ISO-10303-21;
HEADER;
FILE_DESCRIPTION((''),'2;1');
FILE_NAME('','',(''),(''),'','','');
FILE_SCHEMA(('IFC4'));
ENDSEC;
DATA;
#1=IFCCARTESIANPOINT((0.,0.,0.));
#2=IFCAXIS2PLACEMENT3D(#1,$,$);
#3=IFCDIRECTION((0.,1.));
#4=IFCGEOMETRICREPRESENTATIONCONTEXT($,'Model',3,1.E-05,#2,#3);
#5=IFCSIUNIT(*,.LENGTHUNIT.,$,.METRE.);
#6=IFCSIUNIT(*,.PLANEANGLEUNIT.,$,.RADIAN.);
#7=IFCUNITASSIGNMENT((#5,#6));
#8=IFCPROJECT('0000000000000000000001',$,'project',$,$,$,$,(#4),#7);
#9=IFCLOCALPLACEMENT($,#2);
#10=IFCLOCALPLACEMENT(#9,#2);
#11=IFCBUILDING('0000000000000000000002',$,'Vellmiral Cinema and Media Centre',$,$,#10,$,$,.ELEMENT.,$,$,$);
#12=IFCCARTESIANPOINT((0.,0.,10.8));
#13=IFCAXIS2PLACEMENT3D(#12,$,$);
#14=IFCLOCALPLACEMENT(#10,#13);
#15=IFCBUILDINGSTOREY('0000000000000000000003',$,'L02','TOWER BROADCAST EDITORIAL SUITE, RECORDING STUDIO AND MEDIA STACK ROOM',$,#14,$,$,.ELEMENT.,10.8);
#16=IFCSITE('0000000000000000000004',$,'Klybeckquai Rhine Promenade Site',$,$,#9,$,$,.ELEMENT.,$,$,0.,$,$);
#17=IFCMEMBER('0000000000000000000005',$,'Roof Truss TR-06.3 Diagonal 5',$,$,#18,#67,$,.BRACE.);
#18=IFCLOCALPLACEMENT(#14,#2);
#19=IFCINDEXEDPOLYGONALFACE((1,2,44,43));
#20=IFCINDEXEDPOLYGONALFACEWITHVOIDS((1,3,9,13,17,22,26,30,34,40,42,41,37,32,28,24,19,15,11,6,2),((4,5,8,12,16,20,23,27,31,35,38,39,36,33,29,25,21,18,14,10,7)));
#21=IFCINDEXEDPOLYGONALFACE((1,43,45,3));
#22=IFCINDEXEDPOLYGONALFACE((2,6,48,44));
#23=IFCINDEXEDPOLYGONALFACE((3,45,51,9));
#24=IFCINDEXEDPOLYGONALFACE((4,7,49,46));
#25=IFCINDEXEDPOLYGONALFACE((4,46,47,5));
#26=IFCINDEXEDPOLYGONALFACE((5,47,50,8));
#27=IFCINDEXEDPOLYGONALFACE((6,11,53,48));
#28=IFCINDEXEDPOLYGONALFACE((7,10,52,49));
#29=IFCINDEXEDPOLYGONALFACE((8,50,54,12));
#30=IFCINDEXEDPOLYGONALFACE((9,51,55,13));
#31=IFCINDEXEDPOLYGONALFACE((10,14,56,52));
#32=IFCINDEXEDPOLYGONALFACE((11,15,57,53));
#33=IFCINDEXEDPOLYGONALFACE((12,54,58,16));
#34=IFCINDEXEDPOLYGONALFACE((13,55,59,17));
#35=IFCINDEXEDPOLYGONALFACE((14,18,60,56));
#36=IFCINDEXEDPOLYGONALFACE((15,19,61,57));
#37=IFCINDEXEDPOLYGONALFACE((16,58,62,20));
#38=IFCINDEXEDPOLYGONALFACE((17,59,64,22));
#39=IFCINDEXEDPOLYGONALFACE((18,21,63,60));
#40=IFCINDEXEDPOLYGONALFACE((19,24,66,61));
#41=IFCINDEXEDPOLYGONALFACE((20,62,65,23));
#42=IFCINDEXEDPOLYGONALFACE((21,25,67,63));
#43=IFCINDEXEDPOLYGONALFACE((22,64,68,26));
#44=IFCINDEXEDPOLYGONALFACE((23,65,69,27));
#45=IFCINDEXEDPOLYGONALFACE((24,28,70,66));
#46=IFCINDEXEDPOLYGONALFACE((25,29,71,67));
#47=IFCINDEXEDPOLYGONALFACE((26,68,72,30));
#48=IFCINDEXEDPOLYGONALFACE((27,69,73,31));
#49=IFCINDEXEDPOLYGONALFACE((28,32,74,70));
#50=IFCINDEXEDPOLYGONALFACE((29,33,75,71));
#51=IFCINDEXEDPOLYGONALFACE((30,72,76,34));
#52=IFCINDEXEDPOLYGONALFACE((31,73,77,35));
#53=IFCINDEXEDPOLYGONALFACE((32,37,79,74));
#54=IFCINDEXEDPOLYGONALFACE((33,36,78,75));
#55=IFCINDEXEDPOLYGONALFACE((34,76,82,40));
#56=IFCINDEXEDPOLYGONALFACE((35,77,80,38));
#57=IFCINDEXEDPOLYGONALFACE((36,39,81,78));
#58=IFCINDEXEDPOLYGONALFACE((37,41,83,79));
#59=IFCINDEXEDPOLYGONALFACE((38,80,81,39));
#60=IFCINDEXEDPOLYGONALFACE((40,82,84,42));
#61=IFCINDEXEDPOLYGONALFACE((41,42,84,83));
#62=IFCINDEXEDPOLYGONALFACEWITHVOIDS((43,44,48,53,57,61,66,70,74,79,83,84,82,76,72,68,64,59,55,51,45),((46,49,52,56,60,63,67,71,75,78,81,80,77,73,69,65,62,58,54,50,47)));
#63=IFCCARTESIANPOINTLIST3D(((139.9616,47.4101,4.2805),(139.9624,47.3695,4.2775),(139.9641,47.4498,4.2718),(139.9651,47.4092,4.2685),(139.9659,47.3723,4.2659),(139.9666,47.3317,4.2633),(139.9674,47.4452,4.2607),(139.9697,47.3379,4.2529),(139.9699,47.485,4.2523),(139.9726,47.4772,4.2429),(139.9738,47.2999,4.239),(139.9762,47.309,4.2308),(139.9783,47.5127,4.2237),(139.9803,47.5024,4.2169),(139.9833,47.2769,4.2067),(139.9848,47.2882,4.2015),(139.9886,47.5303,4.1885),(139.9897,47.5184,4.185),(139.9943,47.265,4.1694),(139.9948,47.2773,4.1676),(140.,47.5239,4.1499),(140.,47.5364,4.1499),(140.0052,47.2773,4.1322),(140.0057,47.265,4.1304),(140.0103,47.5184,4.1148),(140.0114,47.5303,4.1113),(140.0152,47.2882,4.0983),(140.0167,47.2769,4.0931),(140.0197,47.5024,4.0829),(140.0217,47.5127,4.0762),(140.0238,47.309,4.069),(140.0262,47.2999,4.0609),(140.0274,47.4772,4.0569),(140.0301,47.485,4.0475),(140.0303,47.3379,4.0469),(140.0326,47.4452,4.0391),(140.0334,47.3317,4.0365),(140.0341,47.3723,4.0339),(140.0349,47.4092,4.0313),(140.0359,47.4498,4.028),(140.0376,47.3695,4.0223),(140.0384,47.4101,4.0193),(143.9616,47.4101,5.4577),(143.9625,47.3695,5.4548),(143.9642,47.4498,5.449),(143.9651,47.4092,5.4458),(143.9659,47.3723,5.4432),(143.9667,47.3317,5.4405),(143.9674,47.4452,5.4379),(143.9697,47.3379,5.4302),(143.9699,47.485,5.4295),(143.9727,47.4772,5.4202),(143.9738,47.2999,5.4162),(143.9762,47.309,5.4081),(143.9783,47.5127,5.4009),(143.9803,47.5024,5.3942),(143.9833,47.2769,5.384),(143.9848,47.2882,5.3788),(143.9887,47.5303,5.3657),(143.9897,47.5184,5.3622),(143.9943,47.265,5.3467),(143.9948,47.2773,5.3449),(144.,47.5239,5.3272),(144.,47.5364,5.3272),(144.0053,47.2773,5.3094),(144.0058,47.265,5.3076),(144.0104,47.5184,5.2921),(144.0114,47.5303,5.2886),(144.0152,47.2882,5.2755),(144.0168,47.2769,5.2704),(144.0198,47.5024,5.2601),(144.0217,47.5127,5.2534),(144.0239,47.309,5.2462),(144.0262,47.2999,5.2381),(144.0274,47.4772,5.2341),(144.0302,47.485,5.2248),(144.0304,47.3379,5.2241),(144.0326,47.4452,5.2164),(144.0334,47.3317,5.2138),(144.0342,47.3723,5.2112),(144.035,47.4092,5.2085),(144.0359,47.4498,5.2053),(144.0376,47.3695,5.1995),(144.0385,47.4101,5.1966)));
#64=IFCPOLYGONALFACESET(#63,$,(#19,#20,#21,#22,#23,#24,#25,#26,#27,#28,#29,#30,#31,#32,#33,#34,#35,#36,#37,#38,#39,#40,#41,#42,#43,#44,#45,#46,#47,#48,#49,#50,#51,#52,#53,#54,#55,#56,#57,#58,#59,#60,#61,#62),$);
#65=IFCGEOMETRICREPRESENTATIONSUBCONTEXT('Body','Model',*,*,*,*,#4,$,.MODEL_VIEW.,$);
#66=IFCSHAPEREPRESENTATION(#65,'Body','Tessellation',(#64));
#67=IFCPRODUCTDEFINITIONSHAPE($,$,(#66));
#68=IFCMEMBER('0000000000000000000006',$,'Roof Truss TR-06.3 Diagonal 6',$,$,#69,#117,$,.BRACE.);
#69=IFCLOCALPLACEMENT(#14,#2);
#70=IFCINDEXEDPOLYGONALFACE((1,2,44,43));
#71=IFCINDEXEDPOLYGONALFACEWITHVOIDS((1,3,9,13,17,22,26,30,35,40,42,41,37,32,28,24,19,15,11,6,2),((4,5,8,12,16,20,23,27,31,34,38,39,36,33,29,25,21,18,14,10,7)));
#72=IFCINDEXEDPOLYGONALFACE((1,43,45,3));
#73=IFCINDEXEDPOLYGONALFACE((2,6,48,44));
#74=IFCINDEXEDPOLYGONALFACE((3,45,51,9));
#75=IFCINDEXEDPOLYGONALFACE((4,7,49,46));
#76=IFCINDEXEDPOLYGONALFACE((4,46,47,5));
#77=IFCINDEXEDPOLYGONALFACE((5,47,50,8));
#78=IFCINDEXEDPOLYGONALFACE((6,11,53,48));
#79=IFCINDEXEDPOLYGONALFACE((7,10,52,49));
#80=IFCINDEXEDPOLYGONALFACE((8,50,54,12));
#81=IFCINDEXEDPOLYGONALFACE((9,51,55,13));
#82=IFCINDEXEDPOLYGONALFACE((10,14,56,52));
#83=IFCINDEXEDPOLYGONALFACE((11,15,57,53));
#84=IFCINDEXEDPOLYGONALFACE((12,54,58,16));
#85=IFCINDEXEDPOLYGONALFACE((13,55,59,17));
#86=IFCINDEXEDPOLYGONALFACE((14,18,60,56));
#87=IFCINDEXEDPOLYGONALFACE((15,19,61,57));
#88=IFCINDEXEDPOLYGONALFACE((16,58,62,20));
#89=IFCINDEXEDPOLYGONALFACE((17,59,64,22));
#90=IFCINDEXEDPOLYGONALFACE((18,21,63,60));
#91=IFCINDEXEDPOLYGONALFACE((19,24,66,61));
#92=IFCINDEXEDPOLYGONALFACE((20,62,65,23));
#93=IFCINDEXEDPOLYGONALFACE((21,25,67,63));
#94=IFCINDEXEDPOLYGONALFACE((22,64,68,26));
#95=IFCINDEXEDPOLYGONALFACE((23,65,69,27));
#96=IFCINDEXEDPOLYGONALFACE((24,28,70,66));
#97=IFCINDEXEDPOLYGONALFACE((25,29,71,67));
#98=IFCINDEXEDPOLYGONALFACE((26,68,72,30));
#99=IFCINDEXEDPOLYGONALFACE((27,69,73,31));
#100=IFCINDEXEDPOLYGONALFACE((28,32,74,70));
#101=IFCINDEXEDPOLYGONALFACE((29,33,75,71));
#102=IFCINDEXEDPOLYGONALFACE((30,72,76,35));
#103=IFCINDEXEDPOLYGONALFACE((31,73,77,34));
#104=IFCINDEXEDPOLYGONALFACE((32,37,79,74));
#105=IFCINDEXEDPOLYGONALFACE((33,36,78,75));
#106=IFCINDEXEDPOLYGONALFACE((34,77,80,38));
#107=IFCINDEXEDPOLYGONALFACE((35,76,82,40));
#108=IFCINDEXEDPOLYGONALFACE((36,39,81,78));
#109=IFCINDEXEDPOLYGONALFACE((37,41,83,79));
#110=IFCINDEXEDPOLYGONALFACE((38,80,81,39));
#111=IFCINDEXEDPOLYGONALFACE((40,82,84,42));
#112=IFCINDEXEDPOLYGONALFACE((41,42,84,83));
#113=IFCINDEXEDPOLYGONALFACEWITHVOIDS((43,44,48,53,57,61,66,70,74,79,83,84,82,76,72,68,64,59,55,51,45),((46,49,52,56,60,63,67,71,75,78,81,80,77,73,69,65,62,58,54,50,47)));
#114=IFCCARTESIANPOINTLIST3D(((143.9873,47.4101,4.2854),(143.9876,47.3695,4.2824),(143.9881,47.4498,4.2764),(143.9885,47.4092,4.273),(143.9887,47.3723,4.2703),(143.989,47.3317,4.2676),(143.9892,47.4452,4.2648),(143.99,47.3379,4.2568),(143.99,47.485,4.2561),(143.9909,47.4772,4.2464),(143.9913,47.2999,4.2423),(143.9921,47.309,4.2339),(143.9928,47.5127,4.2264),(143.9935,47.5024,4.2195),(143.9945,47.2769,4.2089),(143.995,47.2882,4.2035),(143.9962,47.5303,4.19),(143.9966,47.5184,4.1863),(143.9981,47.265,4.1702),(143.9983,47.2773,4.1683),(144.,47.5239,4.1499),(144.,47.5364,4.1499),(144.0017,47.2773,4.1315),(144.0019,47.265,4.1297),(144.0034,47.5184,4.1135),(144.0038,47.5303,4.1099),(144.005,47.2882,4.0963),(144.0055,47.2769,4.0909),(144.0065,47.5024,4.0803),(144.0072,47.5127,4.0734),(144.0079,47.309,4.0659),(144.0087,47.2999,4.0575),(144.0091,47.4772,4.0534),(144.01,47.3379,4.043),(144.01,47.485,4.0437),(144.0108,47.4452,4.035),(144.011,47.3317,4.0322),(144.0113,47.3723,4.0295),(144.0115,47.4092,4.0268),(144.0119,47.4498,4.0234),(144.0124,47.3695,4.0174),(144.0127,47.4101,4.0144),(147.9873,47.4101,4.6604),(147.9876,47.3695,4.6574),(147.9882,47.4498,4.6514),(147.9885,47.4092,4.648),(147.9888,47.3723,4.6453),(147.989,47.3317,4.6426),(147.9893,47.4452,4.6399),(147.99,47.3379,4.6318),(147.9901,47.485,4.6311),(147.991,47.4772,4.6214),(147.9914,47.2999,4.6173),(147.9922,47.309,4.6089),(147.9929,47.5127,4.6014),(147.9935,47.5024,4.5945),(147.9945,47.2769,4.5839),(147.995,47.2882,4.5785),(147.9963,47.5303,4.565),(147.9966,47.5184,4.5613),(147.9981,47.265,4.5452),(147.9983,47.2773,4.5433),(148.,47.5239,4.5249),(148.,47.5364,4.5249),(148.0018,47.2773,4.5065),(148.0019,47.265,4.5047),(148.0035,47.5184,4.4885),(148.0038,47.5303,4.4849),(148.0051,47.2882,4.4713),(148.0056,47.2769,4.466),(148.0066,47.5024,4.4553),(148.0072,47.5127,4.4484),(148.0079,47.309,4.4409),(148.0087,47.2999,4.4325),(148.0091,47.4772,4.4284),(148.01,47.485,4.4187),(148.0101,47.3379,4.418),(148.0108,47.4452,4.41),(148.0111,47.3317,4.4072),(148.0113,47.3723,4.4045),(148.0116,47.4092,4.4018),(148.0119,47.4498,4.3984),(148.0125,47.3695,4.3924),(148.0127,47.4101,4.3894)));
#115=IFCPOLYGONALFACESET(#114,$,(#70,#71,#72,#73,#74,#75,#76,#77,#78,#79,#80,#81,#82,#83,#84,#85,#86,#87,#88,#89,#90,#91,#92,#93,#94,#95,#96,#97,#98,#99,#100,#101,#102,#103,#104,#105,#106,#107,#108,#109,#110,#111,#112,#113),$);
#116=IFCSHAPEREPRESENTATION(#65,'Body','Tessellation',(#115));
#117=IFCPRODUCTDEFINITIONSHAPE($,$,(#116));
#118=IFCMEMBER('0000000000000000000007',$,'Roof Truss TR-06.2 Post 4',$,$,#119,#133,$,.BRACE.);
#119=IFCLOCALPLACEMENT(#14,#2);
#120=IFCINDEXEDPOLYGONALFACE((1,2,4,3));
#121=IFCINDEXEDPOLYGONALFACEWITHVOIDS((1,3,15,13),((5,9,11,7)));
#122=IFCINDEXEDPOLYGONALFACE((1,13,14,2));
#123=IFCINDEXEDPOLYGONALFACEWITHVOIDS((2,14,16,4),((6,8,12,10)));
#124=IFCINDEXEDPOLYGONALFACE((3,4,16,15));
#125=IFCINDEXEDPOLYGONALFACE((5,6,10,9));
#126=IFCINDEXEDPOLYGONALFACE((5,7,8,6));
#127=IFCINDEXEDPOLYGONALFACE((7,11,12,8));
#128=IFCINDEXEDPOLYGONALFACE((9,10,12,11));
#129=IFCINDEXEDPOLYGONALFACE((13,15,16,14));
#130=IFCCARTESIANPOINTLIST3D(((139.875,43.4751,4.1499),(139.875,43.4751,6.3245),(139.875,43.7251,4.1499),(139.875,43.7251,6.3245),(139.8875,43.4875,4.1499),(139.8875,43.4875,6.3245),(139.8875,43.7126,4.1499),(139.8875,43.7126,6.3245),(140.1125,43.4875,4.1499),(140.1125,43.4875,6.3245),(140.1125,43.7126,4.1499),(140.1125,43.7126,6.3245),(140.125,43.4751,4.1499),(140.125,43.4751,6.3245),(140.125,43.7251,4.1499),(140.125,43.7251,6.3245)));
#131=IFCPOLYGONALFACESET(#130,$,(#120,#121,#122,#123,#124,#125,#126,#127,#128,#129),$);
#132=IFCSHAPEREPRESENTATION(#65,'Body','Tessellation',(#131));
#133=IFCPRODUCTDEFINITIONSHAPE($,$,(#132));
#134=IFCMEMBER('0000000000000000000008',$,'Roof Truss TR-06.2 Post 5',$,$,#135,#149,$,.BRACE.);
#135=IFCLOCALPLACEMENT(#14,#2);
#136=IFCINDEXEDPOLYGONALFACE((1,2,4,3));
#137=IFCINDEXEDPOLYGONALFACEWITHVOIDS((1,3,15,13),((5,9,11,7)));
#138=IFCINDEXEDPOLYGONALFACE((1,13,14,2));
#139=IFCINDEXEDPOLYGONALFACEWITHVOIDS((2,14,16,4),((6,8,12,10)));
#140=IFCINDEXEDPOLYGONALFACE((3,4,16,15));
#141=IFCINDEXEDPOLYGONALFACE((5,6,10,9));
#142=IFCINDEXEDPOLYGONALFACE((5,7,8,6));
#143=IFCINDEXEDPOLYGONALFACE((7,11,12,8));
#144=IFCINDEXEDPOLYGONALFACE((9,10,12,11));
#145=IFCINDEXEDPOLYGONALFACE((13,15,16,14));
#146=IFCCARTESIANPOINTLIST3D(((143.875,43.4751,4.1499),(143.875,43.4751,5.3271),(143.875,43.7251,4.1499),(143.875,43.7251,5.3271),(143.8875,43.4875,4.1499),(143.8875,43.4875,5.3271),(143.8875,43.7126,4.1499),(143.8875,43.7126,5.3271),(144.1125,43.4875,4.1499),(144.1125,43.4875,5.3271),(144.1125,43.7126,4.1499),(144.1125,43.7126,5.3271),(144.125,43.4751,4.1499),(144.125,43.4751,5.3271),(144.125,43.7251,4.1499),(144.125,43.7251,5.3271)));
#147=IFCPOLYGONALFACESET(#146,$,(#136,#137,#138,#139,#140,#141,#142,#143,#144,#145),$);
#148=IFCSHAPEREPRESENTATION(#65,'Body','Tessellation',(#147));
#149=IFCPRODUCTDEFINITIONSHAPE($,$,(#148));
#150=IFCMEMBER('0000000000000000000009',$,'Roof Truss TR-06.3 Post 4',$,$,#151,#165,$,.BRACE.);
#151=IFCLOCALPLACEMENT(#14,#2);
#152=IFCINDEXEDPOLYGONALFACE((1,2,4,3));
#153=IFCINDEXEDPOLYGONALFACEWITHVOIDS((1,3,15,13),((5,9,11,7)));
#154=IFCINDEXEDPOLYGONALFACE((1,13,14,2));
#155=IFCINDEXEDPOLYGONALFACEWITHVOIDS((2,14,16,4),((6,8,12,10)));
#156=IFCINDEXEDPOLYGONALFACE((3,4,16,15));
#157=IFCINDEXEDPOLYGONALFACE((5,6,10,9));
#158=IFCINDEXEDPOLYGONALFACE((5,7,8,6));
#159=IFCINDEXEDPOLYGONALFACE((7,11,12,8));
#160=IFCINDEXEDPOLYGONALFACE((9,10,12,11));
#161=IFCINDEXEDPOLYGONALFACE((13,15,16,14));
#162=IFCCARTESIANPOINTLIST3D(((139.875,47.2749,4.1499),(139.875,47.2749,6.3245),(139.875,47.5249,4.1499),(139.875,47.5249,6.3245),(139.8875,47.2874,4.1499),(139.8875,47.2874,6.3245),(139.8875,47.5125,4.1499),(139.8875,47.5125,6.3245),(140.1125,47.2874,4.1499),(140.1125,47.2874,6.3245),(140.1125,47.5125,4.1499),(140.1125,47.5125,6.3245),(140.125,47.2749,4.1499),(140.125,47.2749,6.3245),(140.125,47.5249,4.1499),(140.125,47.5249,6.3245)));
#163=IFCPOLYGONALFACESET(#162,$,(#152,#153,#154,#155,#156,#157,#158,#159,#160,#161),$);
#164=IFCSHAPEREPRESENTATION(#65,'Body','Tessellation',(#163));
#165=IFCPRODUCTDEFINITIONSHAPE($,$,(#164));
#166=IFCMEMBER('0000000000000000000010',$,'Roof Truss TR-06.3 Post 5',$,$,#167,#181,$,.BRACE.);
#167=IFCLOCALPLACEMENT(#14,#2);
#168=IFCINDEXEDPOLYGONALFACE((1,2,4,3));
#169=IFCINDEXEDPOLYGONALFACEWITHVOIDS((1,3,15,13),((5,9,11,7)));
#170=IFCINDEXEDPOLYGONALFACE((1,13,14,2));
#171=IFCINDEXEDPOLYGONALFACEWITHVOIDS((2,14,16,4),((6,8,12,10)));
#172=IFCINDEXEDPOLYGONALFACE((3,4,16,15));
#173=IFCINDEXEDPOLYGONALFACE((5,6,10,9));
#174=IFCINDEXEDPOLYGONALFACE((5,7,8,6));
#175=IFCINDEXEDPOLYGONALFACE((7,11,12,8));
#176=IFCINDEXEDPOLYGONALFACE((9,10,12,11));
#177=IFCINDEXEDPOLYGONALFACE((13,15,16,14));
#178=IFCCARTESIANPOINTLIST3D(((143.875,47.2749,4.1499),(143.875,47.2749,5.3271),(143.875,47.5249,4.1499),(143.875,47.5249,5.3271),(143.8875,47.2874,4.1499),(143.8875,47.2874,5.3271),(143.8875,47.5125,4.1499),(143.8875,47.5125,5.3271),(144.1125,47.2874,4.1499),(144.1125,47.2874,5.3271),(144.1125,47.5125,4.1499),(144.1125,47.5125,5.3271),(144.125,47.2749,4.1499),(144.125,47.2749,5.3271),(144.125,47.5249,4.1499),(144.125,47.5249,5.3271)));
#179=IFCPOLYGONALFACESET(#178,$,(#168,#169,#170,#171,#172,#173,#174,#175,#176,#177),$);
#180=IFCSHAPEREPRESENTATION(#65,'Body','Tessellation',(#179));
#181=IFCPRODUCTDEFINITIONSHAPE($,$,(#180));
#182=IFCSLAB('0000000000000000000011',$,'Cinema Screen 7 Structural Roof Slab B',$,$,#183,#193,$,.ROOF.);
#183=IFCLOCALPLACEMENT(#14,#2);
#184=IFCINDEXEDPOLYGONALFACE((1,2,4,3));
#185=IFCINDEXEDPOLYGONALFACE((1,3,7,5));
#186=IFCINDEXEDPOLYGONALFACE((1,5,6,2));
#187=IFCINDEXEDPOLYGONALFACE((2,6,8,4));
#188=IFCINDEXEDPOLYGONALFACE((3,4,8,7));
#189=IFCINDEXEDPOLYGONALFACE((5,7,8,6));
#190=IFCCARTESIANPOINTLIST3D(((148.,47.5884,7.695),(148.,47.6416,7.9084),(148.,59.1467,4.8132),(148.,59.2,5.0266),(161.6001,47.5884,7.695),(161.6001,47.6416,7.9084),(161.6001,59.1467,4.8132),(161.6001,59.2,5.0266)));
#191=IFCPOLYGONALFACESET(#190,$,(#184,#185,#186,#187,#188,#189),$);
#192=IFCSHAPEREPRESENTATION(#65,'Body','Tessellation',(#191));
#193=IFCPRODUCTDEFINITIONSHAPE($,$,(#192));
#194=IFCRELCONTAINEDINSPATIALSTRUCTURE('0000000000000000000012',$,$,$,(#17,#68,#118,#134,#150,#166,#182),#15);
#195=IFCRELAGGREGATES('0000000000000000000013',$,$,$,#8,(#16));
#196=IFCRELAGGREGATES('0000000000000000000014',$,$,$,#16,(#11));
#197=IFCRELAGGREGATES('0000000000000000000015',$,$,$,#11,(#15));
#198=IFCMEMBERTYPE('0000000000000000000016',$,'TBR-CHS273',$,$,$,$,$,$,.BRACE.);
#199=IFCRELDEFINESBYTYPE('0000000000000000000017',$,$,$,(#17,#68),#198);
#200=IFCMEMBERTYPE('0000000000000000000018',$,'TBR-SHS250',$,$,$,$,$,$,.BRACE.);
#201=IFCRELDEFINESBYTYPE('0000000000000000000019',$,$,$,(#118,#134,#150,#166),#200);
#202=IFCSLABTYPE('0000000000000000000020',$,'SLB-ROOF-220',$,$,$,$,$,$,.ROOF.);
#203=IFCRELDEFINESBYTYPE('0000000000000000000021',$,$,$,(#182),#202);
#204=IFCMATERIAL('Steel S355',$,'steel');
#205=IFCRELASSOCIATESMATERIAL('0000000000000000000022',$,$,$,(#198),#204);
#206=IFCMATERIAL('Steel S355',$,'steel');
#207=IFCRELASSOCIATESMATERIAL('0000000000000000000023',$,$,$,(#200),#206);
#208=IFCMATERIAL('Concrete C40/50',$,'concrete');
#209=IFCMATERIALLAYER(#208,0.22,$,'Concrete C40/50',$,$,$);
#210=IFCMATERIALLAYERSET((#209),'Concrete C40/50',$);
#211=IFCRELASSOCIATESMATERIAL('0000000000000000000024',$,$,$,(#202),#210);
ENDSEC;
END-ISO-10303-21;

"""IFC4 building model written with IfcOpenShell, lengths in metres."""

from ifc_helpers import new_model, si_unit, direction, frame, origin, origin_2d, place, context, subcontext, project, spatial, polyline, hollow_rectangle, hollow_circle, outline, extrude, material, layer, layer_set, material_profile, profile_set, type_object, element, save


model = new_model("IFC4")

# Units and contexts
model_context = context("Model", 3, precision=1e-05, world=origin(), true_north=direction((0.0, 1.0)))
body_context = subcontext(model_context, "Body", "Model", "MODEL_VIEW")
ifc_project = project(units=[si_unit("LENGTHUNIT", "METRE"), si_unit("PLANEANGLEUNIT", "RADIAN")], contexts=[model_context])

# Site, building, storey
site_placement = place(None, origin())
site = spatial("IfcSite", under=ifc_project, at=site_placement, Name="Klybeckquai Rhine Promenade Site", CompositionType="ELEMENT", RefElevation=0.0)
building_placement = place(site_placement, origin())
building = spatial("IfcBuilding", under=site, at=building_placement, Name="Vellmiral Cinema and Media Centre", CompositionType="ELEMENT")
storey_placement = place(building_placement, frame((0.0, 0.0, 10.8)))
storey = spatial("IfcBuildingStorey", under=building, at=storey_placement, Name="L02", Description="TOWER BROADCAST EDITORIAL SUITE, RECORDING STUDIO AND MEDIA STACK ROOM", CompositionType="ELEMENT", Elevation=10.8)

# Members
ifc_material_1 = material(Name="Steel S355", Category="steel")
ifc_material_profile_1 = material_profile(ifc_material_1, hollow_circle(Radius=0.1365, WallThickness=0.0125, at=origin_2d()), Name="CHS 273.0x12.5")
ifc_profile_set_1 = profile_set([ifc_material_profile_1], Name="Steel S355")
member_type_1 = type_object("IfcMemberType", Name="TBR-CHS273", PredefinedType="BRACE", material=ifc_profile_set_1)
member_1_placement = place(storey_placement, frame((140.0, 47.3999, 4.1499), z_axis=(0.959315, 0.0, 0.282338), x_axis=(0.0, 1.0, 0.0)))
element("IfcMember", 1, at=member_1_placement, inside=storey, type_object=member_type_1, Name="Roof Truss TR-06.3 Diagonal 5", PredefinedType="BRACE", context=body_context, shape_type="SweptSolid", body=[
    extrude(hollow_circle(Radius=0.1365, WallThickness=0.0125, at=origin_2d()), origin(), (0.0, 0.0, 1.0), 4.1697),
])
member_2_placement = place(storey_placement, frame((144.0, 47.3999, 4.1499), z_axis=(0.995634, 0.0, 0.093341), x_axis=(0.0, 1.0, 0.0)))
element("IfcMember", 2, at=member_2_placement, inside=storey, type_object=member_type_1, Name="Roof Truss TR-06.3 Diagonal 6", PredefinedType="BRACE", context=body_context, shape_type="SweptSolid", body=[
    extrude(hollow_circle(Radius=0.1365, WallThickness=0.0125, at=origin_2d()), origin(), (0.0, 0.0, 1.0), 4.0176),
])
ifc_material_2 = material(Name="Steel S355", Category="steel")
ifc_material_profile_2 = material_profile(ifc_material_2, hollow_rectangle(XDim=0.25, YDim=0.25, WallThickness=0.0125, at=origin_2d()), Name="SHS 250x250x12.5")
ifc_profile_set_2 = profile_set([ifc_material_profile_2], Name="Steel S355")
member_type_2 = type_object("IfcMemberType", Name="TBR-SHS250", PredefinedType="BRACE", material=ifc_profile_set_2)
member_3_placement = place(storey_placement, frame((140.0, 43.6001, 4.1499), z_axis=(0.0, 0.0, 1.0), x_axis=(1.0, 0.0, 0.0)))
element("IfcMember", 3, at=member_3_placement, inside=storey, type_object=member_type_2, Name="Roof Truss TR-06.2 Post 4", PredefinedType="BRACE", context=body_context, shape_type="SweptSolid", body=[
    extrude(hollow_rectangle(XDim=0.25, YDim=0.25, WallThickness=0.0125, at=origin_2d()), origin(), (0.0, 0.0, 1.0), 2.1746),
])
member_4_placement = place(storey_placement, frame((144.0, 43.6001, 4.1499), z_axis=(0.0, 0.0, 1.0), x_axis=(1.0, 0.0, 0.0)))
element("IfcMember", 4, at=member_4_placement, inside=storey, type_object=member_type_2, Name="Roof Truss TR-06.2 Post 5", PredefinedType="BRACE", context=body_context, shape_type="SweptSolid", body=[
    extrude(hollow_rectangle(XDim=0.25, YDim=0.25, WallThickness=0.0125, at=origin_2d()), origin(), (0.0, 0.0, 1.0), 1.1772),
])
member_5_placement = place(storey_placement, frame((140.0, 47.3999, 4.1499), z_axis=(0.0, 0.0, 1.0), x_axis=(1.0, 0.0, 0.0)))
element("IfcMember", 5, at=member_5_placement, inside=storey, type_object=member_type_2, Name="Roof Truss TR-06.3 Post 4", PredefinedType="BRACE", context=body_context, shape_type="SweptSolid", body=[
    extrude(hollow_rectangle(XDim=0.25, YDim=0.25, WallThickness=0.0125, at=origin_2d()), origin(), (0.0, 0.0, 1.0), 2.1746),
])
member_6_placement = place(storey_placement, frame((144.0, 47.3999, 4.1499), z_axis=(0.0, 0.0, 1.0), x_axis=(1.0, 0.0, 0.0)))
element("IfcMember", 6, at=member_6_placement, inside=storey, type_object=member_type_2, Name="Roof Truss TR-06.3 Post 5", PredefinedType="BRACE", context=body_context, shape_type="SweptSolid", body=[
    extrude(hollow_rectangle(XDim=0.25, YDim=0.25, WallThickness=0.0125, at=origin_2d()), origin(), (0.0, 0.0, 1.0), 1.1772),
])

# Slab
ifc_material_3 = material(Name="Concrete C40/50", Category="concrete")
ifc_layer_1 = layer(ifc_material_3, 0.22, Name="Concrete C40/50")
ifc_layer_set_1 = layer_set([ifc_layer_1], Name="Concrete C40/50")
slab_type = type_object("IfcSlabType", Name="SLB-ROOF-220", PredefinedType="ROOF", material=ifc_layer_set_1)
slab_placement = place(storey_placement, frame((148.0, 47.6416, 7.9084), z_axis=(0.0, 0.241923, 0.970295), x_axis=(1.0, 0.0, 0.0)))
element("IfcSlab", 7, at=slab_placement, inside=storey, type_object=slab_type, Name="Cinema Screen 7 Structural Roof Slab B", PredefinedType="ROOF", context=body_context, shape_type="SweptSolid", body=[
    extrude(outline(polyline([(0.0, 0.0), (13.6001, 0.0), (13.6001, 11.9122), (0.0, 11.9122), (0.0, 0.0)])), origin(), (0.0, 0.0, -1.0), 0.22),
])

save(model, "model.ifc")
